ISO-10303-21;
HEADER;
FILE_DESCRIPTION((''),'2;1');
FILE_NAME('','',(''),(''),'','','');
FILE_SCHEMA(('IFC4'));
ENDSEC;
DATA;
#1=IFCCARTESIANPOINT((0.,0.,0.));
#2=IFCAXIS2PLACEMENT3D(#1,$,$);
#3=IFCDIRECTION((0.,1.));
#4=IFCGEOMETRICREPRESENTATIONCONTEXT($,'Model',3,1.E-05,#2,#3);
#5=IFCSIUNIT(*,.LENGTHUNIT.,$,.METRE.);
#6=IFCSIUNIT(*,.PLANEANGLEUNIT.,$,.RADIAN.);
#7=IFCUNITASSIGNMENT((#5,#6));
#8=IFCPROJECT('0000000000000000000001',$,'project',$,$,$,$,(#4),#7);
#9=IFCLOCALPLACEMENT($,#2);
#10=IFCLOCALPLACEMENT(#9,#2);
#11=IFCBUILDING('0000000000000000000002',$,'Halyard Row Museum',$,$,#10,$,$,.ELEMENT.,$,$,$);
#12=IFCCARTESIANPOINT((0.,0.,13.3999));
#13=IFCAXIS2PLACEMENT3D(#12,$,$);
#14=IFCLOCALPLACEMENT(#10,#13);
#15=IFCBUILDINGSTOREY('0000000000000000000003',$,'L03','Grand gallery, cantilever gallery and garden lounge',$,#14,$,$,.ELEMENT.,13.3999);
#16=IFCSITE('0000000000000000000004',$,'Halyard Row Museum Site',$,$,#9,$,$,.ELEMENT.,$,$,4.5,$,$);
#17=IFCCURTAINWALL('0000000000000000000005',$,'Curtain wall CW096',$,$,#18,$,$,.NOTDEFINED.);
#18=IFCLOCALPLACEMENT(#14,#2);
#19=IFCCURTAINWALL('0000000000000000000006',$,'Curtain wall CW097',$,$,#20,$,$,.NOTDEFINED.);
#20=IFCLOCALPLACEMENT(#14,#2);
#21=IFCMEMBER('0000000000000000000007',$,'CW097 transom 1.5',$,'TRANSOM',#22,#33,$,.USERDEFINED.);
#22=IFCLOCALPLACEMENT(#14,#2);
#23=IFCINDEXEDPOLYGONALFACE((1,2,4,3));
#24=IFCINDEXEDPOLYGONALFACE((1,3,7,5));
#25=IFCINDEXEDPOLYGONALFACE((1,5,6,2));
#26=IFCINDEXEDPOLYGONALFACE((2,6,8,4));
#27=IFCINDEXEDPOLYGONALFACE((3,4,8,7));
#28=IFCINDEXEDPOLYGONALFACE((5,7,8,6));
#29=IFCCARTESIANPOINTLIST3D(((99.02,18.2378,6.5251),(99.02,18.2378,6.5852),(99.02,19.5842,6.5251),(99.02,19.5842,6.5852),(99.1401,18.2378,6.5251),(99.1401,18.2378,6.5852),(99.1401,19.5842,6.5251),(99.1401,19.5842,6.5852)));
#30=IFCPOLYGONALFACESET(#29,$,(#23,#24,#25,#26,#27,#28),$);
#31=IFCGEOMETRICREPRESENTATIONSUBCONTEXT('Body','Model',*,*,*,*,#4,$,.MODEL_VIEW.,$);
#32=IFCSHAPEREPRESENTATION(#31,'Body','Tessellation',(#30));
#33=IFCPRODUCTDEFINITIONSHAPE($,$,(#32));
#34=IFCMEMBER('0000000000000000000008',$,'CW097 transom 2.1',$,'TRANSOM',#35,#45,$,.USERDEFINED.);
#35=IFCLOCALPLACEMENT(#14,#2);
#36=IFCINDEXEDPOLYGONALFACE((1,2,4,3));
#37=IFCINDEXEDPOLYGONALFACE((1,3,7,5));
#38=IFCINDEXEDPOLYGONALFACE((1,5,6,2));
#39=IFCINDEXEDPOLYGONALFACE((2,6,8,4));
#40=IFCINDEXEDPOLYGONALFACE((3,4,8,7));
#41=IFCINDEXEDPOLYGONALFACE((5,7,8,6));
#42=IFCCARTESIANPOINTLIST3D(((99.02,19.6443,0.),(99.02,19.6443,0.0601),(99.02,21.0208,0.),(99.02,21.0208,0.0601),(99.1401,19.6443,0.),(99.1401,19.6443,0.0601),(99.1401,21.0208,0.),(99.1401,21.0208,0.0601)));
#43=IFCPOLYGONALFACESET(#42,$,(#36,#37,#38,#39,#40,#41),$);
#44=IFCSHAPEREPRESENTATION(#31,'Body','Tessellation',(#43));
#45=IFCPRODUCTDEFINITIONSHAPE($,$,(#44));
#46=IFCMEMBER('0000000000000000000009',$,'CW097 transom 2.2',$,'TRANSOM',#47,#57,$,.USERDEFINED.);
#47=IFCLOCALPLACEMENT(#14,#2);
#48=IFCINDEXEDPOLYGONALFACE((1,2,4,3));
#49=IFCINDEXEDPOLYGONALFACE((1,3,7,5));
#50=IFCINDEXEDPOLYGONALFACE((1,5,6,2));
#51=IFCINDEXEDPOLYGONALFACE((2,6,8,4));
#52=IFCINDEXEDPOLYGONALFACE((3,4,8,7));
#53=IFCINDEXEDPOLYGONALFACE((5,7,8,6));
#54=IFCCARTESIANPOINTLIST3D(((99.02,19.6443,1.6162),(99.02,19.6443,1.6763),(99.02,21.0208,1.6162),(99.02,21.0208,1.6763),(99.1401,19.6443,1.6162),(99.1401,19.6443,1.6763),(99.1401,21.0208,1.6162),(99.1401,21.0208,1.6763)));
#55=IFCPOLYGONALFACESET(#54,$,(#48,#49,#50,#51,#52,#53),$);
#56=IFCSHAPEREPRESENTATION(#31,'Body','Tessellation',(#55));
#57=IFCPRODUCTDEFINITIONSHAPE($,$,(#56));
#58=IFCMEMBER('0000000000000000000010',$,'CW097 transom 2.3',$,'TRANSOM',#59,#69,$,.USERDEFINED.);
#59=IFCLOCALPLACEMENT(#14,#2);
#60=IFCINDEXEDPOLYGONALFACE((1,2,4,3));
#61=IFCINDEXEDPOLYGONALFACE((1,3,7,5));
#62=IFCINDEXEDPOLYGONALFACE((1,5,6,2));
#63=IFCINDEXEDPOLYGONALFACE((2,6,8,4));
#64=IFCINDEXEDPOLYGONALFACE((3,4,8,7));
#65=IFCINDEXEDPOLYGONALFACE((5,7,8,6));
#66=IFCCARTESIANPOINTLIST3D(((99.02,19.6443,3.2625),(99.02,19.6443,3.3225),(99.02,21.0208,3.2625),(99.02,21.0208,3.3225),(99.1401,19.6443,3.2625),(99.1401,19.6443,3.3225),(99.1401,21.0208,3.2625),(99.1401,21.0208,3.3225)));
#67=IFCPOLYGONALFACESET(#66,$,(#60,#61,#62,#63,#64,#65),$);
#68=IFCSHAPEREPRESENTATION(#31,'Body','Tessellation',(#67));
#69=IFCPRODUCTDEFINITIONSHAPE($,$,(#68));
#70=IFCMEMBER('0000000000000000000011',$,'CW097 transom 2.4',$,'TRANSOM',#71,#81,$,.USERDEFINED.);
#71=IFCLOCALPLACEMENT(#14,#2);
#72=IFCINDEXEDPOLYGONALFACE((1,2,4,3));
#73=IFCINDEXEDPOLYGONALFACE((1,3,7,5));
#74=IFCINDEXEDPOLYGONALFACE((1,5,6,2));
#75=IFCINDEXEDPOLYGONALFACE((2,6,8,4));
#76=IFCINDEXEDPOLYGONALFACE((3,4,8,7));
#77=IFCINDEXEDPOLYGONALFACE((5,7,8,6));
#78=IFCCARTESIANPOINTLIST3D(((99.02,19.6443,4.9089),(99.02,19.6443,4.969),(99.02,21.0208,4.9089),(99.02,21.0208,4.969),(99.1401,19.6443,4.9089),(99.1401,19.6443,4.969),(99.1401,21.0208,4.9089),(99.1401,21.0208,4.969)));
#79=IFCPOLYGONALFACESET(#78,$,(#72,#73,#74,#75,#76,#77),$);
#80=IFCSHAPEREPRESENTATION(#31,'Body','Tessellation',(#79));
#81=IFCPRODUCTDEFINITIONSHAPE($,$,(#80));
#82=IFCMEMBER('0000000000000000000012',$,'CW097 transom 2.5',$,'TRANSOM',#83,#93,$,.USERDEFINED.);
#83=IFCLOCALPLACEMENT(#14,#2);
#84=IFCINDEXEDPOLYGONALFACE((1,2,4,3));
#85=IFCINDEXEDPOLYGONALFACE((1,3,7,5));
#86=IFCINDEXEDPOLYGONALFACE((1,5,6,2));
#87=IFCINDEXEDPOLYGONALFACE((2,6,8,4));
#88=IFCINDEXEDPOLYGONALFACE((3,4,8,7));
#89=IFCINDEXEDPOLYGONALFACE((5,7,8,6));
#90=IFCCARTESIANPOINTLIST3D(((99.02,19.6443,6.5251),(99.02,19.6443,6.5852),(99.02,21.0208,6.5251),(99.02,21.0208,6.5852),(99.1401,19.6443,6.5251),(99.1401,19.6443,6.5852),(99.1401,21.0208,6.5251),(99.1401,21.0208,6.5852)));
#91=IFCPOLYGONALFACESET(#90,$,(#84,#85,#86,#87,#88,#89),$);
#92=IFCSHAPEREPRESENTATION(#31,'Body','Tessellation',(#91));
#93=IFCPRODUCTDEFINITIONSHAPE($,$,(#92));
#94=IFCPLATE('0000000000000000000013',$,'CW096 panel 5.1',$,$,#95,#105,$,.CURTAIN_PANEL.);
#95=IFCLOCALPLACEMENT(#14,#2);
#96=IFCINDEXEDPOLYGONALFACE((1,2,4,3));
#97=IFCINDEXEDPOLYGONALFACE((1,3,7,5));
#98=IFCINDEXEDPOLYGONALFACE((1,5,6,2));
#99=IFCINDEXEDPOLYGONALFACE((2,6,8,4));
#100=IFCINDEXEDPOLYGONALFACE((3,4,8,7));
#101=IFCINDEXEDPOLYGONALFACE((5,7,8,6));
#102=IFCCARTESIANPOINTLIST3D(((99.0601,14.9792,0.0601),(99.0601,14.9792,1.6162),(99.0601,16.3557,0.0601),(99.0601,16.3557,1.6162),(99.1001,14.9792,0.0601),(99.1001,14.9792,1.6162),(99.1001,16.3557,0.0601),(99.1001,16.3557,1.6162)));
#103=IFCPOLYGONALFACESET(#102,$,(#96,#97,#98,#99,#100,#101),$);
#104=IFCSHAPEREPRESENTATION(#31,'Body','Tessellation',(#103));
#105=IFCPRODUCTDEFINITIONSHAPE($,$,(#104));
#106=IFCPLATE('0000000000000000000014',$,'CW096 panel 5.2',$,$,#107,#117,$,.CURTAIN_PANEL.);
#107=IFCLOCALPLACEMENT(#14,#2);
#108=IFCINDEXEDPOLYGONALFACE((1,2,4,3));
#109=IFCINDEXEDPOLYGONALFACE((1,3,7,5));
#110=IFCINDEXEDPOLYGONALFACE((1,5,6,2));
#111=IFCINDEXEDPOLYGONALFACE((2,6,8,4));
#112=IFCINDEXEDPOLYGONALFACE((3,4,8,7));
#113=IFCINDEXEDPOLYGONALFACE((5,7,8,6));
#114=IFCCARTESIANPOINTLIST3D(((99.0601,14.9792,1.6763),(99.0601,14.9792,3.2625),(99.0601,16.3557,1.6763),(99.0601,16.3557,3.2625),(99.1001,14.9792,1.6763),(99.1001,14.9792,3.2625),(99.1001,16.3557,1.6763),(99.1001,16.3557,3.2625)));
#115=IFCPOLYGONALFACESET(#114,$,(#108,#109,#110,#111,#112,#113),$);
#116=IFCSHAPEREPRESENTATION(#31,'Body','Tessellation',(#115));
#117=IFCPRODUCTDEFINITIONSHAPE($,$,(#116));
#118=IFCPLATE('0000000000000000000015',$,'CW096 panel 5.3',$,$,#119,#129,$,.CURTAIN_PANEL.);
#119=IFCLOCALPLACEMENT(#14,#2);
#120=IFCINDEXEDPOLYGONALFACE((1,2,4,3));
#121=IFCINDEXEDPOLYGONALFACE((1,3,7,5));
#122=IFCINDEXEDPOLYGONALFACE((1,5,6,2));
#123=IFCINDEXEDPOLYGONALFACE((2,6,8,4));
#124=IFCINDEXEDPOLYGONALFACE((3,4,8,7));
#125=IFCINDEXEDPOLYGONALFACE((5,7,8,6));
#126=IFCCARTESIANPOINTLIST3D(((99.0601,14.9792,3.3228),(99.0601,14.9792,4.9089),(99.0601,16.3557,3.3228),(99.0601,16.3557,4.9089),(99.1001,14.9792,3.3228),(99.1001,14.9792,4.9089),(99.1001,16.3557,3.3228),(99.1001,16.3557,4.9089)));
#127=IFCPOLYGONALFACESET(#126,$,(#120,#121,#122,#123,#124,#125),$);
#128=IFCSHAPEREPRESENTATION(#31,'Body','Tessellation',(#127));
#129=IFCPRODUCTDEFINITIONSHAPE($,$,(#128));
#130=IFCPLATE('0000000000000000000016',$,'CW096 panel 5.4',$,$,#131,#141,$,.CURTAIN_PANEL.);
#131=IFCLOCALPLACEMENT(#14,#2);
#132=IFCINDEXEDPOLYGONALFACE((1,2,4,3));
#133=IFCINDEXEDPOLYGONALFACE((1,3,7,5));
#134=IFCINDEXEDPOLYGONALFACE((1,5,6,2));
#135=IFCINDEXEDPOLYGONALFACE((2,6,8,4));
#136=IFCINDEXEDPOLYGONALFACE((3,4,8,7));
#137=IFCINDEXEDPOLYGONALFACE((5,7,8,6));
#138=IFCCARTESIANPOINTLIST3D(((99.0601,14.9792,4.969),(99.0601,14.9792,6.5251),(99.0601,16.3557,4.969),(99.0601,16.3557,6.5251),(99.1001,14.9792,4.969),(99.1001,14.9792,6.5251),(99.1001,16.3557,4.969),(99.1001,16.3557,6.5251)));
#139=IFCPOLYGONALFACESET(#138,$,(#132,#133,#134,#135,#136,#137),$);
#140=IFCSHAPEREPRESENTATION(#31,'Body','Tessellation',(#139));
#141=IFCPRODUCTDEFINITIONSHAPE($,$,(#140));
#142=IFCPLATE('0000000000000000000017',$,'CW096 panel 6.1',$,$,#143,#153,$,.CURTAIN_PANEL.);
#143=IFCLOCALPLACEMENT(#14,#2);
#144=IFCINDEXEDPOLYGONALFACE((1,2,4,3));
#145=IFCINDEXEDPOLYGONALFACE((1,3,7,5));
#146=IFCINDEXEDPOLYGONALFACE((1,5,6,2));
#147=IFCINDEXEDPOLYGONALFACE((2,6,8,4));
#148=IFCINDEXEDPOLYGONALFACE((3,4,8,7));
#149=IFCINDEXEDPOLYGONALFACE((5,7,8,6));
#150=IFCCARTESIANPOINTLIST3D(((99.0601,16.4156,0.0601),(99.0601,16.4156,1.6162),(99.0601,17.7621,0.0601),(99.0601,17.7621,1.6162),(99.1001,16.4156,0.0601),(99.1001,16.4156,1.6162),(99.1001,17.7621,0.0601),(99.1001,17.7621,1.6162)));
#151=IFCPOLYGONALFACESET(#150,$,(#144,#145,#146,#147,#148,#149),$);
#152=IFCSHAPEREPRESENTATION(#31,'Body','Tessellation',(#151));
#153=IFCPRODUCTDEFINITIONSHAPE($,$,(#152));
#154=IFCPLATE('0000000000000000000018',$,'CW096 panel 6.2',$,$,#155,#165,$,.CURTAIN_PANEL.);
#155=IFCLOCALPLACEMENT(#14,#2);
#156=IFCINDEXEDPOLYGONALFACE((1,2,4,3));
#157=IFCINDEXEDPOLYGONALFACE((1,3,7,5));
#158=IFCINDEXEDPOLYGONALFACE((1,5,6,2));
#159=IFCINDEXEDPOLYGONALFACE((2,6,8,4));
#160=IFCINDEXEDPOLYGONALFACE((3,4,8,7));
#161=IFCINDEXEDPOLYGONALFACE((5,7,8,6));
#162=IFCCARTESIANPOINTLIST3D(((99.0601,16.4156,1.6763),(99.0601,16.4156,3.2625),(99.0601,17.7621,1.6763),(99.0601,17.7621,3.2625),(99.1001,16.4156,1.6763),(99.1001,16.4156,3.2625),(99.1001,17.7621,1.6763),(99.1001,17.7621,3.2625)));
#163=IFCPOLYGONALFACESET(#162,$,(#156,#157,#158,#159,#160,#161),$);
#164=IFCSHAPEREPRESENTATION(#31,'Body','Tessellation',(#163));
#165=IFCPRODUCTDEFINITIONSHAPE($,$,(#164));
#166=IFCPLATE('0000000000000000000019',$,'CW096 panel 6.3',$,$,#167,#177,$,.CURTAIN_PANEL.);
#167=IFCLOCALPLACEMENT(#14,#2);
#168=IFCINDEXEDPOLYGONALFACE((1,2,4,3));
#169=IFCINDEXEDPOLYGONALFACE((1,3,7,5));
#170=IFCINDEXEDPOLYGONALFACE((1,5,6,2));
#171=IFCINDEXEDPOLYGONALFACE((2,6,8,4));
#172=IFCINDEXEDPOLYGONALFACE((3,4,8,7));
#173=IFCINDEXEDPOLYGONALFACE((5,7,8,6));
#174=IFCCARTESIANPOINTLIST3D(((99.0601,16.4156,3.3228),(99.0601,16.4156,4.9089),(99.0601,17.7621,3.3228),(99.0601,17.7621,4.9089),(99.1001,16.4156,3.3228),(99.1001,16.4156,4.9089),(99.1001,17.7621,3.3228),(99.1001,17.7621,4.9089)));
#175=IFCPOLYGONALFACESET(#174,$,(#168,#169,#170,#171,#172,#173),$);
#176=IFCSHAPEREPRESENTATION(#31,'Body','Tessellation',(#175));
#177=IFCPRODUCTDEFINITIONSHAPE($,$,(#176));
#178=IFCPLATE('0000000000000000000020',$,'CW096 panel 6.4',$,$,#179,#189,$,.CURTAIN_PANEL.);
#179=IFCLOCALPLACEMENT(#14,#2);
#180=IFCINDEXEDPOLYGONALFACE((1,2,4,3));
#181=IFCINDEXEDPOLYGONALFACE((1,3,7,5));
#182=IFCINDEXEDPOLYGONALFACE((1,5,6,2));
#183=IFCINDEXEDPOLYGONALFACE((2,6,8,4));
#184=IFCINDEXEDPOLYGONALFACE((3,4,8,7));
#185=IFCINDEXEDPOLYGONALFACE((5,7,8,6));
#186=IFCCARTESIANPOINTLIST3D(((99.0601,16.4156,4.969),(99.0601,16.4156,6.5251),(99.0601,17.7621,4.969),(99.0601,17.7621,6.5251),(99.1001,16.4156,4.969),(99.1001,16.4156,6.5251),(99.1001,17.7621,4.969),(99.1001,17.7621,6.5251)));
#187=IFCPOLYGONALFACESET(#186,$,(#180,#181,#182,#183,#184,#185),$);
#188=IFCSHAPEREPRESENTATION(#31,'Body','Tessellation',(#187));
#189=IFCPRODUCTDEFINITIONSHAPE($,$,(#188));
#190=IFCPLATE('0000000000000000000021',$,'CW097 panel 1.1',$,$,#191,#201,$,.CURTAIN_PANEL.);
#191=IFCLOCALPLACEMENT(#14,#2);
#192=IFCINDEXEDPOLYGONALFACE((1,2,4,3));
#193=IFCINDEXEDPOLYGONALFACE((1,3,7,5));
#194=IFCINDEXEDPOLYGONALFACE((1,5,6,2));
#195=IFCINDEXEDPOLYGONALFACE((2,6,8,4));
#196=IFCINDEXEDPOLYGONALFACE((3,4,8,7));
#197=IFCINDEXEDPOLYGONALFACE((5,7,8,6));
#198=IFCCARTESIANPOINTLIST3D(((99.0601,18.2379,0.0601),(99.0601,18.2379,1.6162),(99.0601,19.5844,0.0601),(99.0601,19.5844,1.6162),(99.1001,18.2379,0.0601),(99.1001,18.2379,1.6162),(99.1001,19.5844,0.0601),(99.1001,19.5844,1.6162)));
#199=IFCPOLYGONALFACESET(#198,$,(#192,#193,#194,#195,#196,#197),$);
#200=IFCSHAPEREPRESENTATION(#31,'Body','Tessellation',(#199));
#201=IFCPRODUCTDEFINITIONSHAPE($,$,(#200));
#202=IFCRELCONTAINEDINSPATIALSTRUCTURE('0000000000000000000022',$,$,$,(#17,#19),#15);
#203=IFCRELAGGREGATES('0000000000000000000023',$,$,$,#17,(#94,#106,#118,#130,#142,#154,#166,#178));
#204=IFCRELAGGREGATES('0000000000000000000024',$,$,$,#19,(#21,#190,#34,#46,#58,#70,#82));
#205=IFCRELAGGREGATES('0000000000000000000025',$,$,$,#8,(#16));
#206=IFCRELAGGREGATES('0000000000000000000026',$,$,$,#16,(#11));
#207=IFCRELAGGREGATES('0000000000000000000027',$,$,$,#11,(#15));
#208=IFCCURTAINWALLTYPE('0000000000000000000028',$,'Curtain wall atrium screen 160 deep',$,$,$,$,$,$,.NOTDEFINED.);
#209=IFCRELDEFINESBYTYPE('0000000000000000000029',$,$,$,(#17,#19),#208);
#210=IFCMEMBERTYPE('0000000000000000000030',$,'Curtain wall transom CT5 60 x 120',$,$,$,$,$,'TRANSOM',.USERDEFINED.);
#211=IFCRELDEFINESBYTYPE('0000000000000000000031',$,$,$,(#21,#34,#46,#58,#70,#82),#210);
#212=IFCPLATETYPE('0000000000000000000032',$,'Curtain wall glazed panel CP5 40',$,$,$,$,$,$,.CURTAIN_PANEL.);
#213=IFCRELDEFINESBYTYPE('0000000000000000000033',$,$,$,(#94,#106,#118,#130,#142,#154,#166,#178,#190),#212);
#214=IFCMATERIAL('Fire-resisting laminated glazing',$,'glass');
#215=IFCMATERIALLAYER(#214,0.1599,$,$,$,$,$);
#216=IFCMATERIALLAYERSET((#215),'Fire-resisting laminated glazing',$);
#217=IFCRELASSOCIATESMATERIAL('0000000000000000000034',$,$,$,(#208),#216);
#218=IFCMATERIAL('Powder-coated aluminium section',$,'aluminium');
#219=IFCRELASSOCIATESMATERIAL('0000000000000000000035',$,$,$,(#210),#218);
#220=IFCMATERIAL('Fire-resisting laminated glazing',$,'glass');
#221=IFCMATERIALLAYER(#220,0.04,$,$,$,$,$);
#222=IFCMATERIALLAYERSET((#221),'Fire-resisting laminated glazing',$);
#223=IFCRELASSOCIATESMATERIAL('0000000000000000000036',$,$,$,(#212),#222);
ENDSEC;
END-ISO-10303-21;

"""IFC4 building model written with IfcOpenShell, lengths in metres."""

from ifc_helpers import new_model, si_unit, direction, frame, origin, origin_2d, place, context, subcontext, project, spatial, rectangle, extrude, material, layer, layer_set, material_profile, profile_set, type_object, element, aggregate, save


model = new_model("IFC4")

# Units and contexts
model_context = context("Model", 3, precision=1e-05, world=origin(), true_north=direction((0.0, 1.0)))
body_context = subcontext(model_context, "Body", "Model", "MODEL_VIEW")
ifc_project = project(units=[si_unit("LENGTHUNIT", "METRE"), si_unit("PLANEANGLEUNIT", "RADIAN")], contexts=[model_context])

# Site, building, storey
site_placement = place(None, origin())
site = spatial("IfcSite", under=ifc_project, at=site_placement, Name="Halyard Row Museum Site", CompositionType="ELEMENT", RefElevation=4.5)
building_placement = place(site_placement, origin())
building = spatial("IfcBuilding", under=site, at=building_placement, Name="Halyard Row Museum", CompositionType="ELEMENT")
storey_placement = place(building_placement, frame((0.0, 0.0, 13.3999)))
storey = spatial("IfcBuildingStorey", under=building, at=storey_placement, Name="L03", Description="Grand gallery, cantilever gallery and garden lounge", CompositionType="ELEMENT", Elevation=13.3999)

# Curtain walls
ifc_material_1 = material(Name="Fire-resisting laminated glazing", Category="glass")
ifc_layer_1 = layer(ifc_material_1, 0.1599)
ifc_layer_set_1 = layer_set([ifc_layer_1], Name="Fire-resisting laminated glazing")
curtain_wall_type = type_object("IfcCurtainWallType", Name="Curtain wall atrium screen 160 deep", PredefinedType="NOTDEFINED", material=ifc_layer_set_1)
curtain_wall_1_placement = place(storey_placement, origin())
curtain_wall_1 = element("IfcCurtainWall", 1, at=curtain_wall_1_placement, inside=storey, type_object=curtain_wall_type, Name="Curtain wall CW096", PredefinedType="NOTDEFINED")
curtain_wall_2_placement = place(storey_placement, origin())
curtain_wall_2 = element("IfcCurtainWall", 2, at=curtain_wall_2_placement, inside=storey, type_object=curtain_wall_type, Name="Curtain wall CW097", PredefinedType="NOTDEFINED")

# Members
ifc_material_2 = material(Name="Powder-coated aluminium section", Category="aluminium")
ifc_material_profile_1 = material_profile(ifc_material_2, rectangle(XDim=0.1201, YDim=0.0601, at=origin_2d()), Name="120x60 transom")
ifc_profile_set_1 = profile_set([ifc_material_profile_1], Name="Powder-coated aluminium section")
member_type_1 = type_object("IfcMemberType", Name="Curtain wall transom CT5 60 x 120", ElementType="TRANSOM", PredefinedType="USERDEFINED", material=ifc_profile_set_1)
member_1_placement = place(storey_placement, frame((99.0801, 18.2378, 6.5552), z_axis=(0.0, 1.0, 0.0), x_axis=(-1.0, 0.0, 0.0)))
member_1 = element("IfcMember", 3, at=member_1_placement, type_object=member_type_1, Name="CW097 transom 1.5", ObjectType="TRANSOM", PredefinedType="USERDEFINED", context=body_context, shape_type="SweptSolid", body=[
    extrude(rectangle(XDim=0.1201, YDim=0.0601, at=origin_2d()), origin(), (0.0, 0.0, 1.0), 1.3464),
])
member_2_placement = place(storey_placement, frame((99.0801, 19.6443, 0.03), z_axis=(0.0, 1.0, 0.0), x_axis=(-1.0, 0.0, 0.0)))
member_2 = element("IfcMember", 4, at=member_2_placement, type_object=member_type_1, Name="CW097 transom 2.1", ObjectType="TRANSOM", PredefinedType="USERDEFINED", context=body_context, shape_type="SweptSolid", body=[
    extrude(rectangle(XDim=0.1201, YDim=0.0601, at=origin_2d()), origin(), (0.0, 0.0, 1.0), 1.3765),
])
member_3_placement = place(storey_placement, frame((99.0801, 19.6443, 1.6462), z_axis=(0.0, 1.0, 0.0), x_axis=(-1.0, 0.0, 0.0)))
member_3 = element("IfcMember", 5, at=member_3_placement, type_object=member_type_1, Name="CW097 transom 2.2", ObjectType="TRANSOM", PredefinedType="USERDEFINED", context=body_context, shape_type="SweptSolid", body=[
    extrude(rectangle(XDim=0.1201, YDim=0.0601, at=origin_2d()), origin(), (0.0, 0.0, 1.0), 1.3765),
])
member_4_placement = place(storey_placement, frame((99.0801, 19.6443, 3.2925), z_axis=(0.0, 1.0, 0.0), x_axis=(-1.0, 0.0, 0.0)))
member_4 = element("IfcMember", 6, at=member_4_placement, type_object=member_type_1, Name="CW097 transom 2.3", ObjectType="TRANSOM", PredefinedType="USERDEFINED", context=body_context, shape_type="SweptSolid", body=[
    extrude(rectangle(XDim=0.1201, YDim=0.0601, at=origin_2d()), origin(), (0.0, 0.0, 1.0), 1.3765),
])
member_5_placement = place(storey_placement, frame((99.0801, 19.6443, 4.939), z_axis=(0.0, 1.0, 0.0), x_axis=(-1.0, 0.0, 0.0)))
member_5 = element("IfcMember", 7, at=member_5_placement, type_object=member_type_1, Name="CW097 transom 2.4", ObjectType="TRANSOM", PredefinedType="USERDEFINED", context=body_context, shape_type="SweptSolid", body=[
    extrude(rectangle(XDim=0.1201, YDim=0.0601, at=origin_2d()), origin(), (0.0, 0.0, 1.0), 1.3765),
])
member_6_placement = place(storey_placement, frame((99.0801, 19.6443, 6.5552), z_axis=(0.0, 1.0, 0.0), x_axis=(-1.0, 0.0, 0.0)))
member_6 = element("IfcMember", 8, at=member_6_placement, type_object=member_type_1, Name="CW097 transom 2.5", ObjectType="TRANSOM", PredefinedType="USERDEFINED", context=body_context, shape_type="SweptSolid", body=[
    extrude(rectangle(XDim=0.1201, YDim=0.0601, at=origin_2d()), origin(), (0.0, 0.0, 1.0), 1.3765),
])

# Plates
ifc_material_3 = material(Name="Fire-resisting laminated glazing", Category="glass")
ifc_layer_2 = layer(ifc_material_3, 0.04)
ifc_layer_set_2 = layer_set([ifc_layer_2], Name="Fire-resisting laminated glazing")
plate_type = type_object("IfcPlateType", Name="Curtain wall glazed panel CP5 40", PredefinedType="CURTAIN_PANEL", material=ifc_layer_set_2)
plate_1_placement = place(storey_placement, frame((99.0801, 15.6675, 0.0601), z_axis=(0.0, 0.0, 1.0), x_axis=(0.0, 1.0, 0.0)))
plate_1 = element("IfcPlate", 9, at=plate_1_placement, type_object=plate_type, Name="CW096 panel 5.1", PredefinedType="CURTAIN_PANEL", context=body_context, shape_type="SweptSolid", body=[
    extrude(rectangle(XDim=1.3765, YDim=0.04, at=origin_2d()), origin(), (0.0, 0.0, 1.0), 1.5562),
])
plate_2_placement = place(storey_placement, frame((99.0801, 15.6675, 1.6763), z_axis=(0.0, 0.0, 1.0), x_axis=(0.0, 1.0, 0.0)))
plate_2 = element("IfcPlate", 10, at=plate_2_placement, type_object=plate_type, Name="CW096 panel 5.2", PredefinedType="CURTAIN_PANEL", context=body_context, shape_type="SweptSolid", body=[
    extrude(rectangle(XDim=1.3765, YDim=0.04, at=origin_2d()), origin(), (0.0, 0.0, 1.0), 1.5862),
])
plate_3_placement = place(storey_placement, frame((99.0801, 15.6675, 3.3228), z_axis=(0.0, 0.0, 1.0), x_axis=(0.0, 1.0, 0.0)))
plate_3 = element("IfcPlate", 11, at=plate_3_placement, type_object=plate_type, Name="CW096 panel 5.3", PredefinedType="CURTAIN_PANEL", context=body_context, shape_type="SweptSolid", body=[
    extrude(rectangle(XDim=1.3765, YDim=0.04, at=origin_2d()), origin(), (0.0, 0.0, 1.0), 1.5862),
])
plate_4_placement = place(storey_placement, frame((99.0801, 15.6675, 4.969), z_axis=(0.0, 0.0, 1.0), x_axis=(0.0, 1.0, 0.0)))
plate_4 = element("IfcPlate", 12, at=plate_4_placement, type_object=plate_type, Name="CW096 panel 5.4", PredefinedType="CURTAIN_PANEL", context=body_context, shape_type="SweptSolid", body=[
    extrude(rectangle(XDim=1.3765, YDim=0.04, at=origin_2d()), origin(), (0.0, 0.0, 1.0), 1.5562),
])
plate_5_placement = place(storey_placement, frame((99.0801, 17.0889, 0.0601), z_axis=(0.0, 0.0, 1.0), x_axis=(0.0, 1.0, 0.0)))
plate_5 = element("IfcPlate", 13, at=plate_5_placement, type_object=plate_type, Name="CW096 panel 6.1", PredefinedType="CURTAIN_PANEL", context=body_context, shape_type="SweptSolid", body=[
    extrude(rectangle(XDim=1.3464, YDim=0.04, at=origin_2d()), origin(), (0.0, 0.0, 1.0), 1.5562),
])
plate_6_placement = place(storey_placement, frame((99.0801, 17.0889, 1.6763), z_axis=(0.0, 0.0, 1.0), x_axis=(0.0, 1.0, 0.0)))
plate_6 = element("IfcPlate", 14, at=plate_6_placement, type_object=plate_type, Name="CW096 panel 6.2", PredefinedType="CURTAIN_PANEL", context=body_context, shape_type="SweptSolid", body=[
    extrude(rectangle(XDim=1.3464, YDim=0.04, at=origin_2d()), origin(), (0.0, 0.0, 1.0), 1.5862),
])
plate_7_placement = place(storey_placement, frame((99.0801, 17.0889, 3.3228), z_axis=(0.0, 0.0, 1.0), x_axis=(0.0, 1.0, 0.0)))
plate_7 = element("IfcPlate", 15, at=plate_7_placement, type_object=plate_type, Name="CW096 panel 6.3", PredefinedType="CURTAIN_PANEL", context=body_context, shape_type="SweptSolid", body=[
    extrude(rectangle(XDim=1.3464, YDim=0.04, at=origin_2d()), origin(), (0.0, 0.0, 1.0), 1.5862),
])
plate_8_placement = place(storey_placement, frame((99.0801, 17.0889, 4.969), z_axis=(0.0, 0.0, 1.0), x_axis=(0.0, 1.0, 0.0)))
plate_8 = element("IfcPlate", 16, at=plate_8_placement, type_object=plate_type, Name="CW096 panel 6.4", PredefinedType="CURTAIN_PANEL", context=body_context, shape_type="SweptSolid", body=[
    extrude(rectangle(XDim=1.3464, YDim=0.04, at=origin_2d()), origin(), (0.0, 0.0, 1.0), 1.5562),
])
aggregate(curtain_wall_1, [plate_1, plate_2, plate_3, plate_4, plate_5, plate_6, plate_7, plate_8])
plate_9_placement = place(storey_placement, frame((99.0801, 18.9111, 0.0601), z_axis=(0.0, 0.0, 1.0), x_axis=(0.0, 1.0, 0.0)))
plate_9 = element("IfcPlate", 17, at=plate_9_placement, type_object=plate_type, Name="CW097 panel 1.1", PredefinedType="CURTAIN_PANEL", context=body_context, shape_type="SweptSolid", body=[
    extrude(rectangle(XDim=1.3464, YDim=0.04, at=origin_2d()), origin(), (0.0, 0.0, 1.0), 1.5562),
])
aggregate(curtain_wall_2, [member_1, plate_9, member_2, member_3, member_4, member_5, member_6])

save(model, "model.ifc")
